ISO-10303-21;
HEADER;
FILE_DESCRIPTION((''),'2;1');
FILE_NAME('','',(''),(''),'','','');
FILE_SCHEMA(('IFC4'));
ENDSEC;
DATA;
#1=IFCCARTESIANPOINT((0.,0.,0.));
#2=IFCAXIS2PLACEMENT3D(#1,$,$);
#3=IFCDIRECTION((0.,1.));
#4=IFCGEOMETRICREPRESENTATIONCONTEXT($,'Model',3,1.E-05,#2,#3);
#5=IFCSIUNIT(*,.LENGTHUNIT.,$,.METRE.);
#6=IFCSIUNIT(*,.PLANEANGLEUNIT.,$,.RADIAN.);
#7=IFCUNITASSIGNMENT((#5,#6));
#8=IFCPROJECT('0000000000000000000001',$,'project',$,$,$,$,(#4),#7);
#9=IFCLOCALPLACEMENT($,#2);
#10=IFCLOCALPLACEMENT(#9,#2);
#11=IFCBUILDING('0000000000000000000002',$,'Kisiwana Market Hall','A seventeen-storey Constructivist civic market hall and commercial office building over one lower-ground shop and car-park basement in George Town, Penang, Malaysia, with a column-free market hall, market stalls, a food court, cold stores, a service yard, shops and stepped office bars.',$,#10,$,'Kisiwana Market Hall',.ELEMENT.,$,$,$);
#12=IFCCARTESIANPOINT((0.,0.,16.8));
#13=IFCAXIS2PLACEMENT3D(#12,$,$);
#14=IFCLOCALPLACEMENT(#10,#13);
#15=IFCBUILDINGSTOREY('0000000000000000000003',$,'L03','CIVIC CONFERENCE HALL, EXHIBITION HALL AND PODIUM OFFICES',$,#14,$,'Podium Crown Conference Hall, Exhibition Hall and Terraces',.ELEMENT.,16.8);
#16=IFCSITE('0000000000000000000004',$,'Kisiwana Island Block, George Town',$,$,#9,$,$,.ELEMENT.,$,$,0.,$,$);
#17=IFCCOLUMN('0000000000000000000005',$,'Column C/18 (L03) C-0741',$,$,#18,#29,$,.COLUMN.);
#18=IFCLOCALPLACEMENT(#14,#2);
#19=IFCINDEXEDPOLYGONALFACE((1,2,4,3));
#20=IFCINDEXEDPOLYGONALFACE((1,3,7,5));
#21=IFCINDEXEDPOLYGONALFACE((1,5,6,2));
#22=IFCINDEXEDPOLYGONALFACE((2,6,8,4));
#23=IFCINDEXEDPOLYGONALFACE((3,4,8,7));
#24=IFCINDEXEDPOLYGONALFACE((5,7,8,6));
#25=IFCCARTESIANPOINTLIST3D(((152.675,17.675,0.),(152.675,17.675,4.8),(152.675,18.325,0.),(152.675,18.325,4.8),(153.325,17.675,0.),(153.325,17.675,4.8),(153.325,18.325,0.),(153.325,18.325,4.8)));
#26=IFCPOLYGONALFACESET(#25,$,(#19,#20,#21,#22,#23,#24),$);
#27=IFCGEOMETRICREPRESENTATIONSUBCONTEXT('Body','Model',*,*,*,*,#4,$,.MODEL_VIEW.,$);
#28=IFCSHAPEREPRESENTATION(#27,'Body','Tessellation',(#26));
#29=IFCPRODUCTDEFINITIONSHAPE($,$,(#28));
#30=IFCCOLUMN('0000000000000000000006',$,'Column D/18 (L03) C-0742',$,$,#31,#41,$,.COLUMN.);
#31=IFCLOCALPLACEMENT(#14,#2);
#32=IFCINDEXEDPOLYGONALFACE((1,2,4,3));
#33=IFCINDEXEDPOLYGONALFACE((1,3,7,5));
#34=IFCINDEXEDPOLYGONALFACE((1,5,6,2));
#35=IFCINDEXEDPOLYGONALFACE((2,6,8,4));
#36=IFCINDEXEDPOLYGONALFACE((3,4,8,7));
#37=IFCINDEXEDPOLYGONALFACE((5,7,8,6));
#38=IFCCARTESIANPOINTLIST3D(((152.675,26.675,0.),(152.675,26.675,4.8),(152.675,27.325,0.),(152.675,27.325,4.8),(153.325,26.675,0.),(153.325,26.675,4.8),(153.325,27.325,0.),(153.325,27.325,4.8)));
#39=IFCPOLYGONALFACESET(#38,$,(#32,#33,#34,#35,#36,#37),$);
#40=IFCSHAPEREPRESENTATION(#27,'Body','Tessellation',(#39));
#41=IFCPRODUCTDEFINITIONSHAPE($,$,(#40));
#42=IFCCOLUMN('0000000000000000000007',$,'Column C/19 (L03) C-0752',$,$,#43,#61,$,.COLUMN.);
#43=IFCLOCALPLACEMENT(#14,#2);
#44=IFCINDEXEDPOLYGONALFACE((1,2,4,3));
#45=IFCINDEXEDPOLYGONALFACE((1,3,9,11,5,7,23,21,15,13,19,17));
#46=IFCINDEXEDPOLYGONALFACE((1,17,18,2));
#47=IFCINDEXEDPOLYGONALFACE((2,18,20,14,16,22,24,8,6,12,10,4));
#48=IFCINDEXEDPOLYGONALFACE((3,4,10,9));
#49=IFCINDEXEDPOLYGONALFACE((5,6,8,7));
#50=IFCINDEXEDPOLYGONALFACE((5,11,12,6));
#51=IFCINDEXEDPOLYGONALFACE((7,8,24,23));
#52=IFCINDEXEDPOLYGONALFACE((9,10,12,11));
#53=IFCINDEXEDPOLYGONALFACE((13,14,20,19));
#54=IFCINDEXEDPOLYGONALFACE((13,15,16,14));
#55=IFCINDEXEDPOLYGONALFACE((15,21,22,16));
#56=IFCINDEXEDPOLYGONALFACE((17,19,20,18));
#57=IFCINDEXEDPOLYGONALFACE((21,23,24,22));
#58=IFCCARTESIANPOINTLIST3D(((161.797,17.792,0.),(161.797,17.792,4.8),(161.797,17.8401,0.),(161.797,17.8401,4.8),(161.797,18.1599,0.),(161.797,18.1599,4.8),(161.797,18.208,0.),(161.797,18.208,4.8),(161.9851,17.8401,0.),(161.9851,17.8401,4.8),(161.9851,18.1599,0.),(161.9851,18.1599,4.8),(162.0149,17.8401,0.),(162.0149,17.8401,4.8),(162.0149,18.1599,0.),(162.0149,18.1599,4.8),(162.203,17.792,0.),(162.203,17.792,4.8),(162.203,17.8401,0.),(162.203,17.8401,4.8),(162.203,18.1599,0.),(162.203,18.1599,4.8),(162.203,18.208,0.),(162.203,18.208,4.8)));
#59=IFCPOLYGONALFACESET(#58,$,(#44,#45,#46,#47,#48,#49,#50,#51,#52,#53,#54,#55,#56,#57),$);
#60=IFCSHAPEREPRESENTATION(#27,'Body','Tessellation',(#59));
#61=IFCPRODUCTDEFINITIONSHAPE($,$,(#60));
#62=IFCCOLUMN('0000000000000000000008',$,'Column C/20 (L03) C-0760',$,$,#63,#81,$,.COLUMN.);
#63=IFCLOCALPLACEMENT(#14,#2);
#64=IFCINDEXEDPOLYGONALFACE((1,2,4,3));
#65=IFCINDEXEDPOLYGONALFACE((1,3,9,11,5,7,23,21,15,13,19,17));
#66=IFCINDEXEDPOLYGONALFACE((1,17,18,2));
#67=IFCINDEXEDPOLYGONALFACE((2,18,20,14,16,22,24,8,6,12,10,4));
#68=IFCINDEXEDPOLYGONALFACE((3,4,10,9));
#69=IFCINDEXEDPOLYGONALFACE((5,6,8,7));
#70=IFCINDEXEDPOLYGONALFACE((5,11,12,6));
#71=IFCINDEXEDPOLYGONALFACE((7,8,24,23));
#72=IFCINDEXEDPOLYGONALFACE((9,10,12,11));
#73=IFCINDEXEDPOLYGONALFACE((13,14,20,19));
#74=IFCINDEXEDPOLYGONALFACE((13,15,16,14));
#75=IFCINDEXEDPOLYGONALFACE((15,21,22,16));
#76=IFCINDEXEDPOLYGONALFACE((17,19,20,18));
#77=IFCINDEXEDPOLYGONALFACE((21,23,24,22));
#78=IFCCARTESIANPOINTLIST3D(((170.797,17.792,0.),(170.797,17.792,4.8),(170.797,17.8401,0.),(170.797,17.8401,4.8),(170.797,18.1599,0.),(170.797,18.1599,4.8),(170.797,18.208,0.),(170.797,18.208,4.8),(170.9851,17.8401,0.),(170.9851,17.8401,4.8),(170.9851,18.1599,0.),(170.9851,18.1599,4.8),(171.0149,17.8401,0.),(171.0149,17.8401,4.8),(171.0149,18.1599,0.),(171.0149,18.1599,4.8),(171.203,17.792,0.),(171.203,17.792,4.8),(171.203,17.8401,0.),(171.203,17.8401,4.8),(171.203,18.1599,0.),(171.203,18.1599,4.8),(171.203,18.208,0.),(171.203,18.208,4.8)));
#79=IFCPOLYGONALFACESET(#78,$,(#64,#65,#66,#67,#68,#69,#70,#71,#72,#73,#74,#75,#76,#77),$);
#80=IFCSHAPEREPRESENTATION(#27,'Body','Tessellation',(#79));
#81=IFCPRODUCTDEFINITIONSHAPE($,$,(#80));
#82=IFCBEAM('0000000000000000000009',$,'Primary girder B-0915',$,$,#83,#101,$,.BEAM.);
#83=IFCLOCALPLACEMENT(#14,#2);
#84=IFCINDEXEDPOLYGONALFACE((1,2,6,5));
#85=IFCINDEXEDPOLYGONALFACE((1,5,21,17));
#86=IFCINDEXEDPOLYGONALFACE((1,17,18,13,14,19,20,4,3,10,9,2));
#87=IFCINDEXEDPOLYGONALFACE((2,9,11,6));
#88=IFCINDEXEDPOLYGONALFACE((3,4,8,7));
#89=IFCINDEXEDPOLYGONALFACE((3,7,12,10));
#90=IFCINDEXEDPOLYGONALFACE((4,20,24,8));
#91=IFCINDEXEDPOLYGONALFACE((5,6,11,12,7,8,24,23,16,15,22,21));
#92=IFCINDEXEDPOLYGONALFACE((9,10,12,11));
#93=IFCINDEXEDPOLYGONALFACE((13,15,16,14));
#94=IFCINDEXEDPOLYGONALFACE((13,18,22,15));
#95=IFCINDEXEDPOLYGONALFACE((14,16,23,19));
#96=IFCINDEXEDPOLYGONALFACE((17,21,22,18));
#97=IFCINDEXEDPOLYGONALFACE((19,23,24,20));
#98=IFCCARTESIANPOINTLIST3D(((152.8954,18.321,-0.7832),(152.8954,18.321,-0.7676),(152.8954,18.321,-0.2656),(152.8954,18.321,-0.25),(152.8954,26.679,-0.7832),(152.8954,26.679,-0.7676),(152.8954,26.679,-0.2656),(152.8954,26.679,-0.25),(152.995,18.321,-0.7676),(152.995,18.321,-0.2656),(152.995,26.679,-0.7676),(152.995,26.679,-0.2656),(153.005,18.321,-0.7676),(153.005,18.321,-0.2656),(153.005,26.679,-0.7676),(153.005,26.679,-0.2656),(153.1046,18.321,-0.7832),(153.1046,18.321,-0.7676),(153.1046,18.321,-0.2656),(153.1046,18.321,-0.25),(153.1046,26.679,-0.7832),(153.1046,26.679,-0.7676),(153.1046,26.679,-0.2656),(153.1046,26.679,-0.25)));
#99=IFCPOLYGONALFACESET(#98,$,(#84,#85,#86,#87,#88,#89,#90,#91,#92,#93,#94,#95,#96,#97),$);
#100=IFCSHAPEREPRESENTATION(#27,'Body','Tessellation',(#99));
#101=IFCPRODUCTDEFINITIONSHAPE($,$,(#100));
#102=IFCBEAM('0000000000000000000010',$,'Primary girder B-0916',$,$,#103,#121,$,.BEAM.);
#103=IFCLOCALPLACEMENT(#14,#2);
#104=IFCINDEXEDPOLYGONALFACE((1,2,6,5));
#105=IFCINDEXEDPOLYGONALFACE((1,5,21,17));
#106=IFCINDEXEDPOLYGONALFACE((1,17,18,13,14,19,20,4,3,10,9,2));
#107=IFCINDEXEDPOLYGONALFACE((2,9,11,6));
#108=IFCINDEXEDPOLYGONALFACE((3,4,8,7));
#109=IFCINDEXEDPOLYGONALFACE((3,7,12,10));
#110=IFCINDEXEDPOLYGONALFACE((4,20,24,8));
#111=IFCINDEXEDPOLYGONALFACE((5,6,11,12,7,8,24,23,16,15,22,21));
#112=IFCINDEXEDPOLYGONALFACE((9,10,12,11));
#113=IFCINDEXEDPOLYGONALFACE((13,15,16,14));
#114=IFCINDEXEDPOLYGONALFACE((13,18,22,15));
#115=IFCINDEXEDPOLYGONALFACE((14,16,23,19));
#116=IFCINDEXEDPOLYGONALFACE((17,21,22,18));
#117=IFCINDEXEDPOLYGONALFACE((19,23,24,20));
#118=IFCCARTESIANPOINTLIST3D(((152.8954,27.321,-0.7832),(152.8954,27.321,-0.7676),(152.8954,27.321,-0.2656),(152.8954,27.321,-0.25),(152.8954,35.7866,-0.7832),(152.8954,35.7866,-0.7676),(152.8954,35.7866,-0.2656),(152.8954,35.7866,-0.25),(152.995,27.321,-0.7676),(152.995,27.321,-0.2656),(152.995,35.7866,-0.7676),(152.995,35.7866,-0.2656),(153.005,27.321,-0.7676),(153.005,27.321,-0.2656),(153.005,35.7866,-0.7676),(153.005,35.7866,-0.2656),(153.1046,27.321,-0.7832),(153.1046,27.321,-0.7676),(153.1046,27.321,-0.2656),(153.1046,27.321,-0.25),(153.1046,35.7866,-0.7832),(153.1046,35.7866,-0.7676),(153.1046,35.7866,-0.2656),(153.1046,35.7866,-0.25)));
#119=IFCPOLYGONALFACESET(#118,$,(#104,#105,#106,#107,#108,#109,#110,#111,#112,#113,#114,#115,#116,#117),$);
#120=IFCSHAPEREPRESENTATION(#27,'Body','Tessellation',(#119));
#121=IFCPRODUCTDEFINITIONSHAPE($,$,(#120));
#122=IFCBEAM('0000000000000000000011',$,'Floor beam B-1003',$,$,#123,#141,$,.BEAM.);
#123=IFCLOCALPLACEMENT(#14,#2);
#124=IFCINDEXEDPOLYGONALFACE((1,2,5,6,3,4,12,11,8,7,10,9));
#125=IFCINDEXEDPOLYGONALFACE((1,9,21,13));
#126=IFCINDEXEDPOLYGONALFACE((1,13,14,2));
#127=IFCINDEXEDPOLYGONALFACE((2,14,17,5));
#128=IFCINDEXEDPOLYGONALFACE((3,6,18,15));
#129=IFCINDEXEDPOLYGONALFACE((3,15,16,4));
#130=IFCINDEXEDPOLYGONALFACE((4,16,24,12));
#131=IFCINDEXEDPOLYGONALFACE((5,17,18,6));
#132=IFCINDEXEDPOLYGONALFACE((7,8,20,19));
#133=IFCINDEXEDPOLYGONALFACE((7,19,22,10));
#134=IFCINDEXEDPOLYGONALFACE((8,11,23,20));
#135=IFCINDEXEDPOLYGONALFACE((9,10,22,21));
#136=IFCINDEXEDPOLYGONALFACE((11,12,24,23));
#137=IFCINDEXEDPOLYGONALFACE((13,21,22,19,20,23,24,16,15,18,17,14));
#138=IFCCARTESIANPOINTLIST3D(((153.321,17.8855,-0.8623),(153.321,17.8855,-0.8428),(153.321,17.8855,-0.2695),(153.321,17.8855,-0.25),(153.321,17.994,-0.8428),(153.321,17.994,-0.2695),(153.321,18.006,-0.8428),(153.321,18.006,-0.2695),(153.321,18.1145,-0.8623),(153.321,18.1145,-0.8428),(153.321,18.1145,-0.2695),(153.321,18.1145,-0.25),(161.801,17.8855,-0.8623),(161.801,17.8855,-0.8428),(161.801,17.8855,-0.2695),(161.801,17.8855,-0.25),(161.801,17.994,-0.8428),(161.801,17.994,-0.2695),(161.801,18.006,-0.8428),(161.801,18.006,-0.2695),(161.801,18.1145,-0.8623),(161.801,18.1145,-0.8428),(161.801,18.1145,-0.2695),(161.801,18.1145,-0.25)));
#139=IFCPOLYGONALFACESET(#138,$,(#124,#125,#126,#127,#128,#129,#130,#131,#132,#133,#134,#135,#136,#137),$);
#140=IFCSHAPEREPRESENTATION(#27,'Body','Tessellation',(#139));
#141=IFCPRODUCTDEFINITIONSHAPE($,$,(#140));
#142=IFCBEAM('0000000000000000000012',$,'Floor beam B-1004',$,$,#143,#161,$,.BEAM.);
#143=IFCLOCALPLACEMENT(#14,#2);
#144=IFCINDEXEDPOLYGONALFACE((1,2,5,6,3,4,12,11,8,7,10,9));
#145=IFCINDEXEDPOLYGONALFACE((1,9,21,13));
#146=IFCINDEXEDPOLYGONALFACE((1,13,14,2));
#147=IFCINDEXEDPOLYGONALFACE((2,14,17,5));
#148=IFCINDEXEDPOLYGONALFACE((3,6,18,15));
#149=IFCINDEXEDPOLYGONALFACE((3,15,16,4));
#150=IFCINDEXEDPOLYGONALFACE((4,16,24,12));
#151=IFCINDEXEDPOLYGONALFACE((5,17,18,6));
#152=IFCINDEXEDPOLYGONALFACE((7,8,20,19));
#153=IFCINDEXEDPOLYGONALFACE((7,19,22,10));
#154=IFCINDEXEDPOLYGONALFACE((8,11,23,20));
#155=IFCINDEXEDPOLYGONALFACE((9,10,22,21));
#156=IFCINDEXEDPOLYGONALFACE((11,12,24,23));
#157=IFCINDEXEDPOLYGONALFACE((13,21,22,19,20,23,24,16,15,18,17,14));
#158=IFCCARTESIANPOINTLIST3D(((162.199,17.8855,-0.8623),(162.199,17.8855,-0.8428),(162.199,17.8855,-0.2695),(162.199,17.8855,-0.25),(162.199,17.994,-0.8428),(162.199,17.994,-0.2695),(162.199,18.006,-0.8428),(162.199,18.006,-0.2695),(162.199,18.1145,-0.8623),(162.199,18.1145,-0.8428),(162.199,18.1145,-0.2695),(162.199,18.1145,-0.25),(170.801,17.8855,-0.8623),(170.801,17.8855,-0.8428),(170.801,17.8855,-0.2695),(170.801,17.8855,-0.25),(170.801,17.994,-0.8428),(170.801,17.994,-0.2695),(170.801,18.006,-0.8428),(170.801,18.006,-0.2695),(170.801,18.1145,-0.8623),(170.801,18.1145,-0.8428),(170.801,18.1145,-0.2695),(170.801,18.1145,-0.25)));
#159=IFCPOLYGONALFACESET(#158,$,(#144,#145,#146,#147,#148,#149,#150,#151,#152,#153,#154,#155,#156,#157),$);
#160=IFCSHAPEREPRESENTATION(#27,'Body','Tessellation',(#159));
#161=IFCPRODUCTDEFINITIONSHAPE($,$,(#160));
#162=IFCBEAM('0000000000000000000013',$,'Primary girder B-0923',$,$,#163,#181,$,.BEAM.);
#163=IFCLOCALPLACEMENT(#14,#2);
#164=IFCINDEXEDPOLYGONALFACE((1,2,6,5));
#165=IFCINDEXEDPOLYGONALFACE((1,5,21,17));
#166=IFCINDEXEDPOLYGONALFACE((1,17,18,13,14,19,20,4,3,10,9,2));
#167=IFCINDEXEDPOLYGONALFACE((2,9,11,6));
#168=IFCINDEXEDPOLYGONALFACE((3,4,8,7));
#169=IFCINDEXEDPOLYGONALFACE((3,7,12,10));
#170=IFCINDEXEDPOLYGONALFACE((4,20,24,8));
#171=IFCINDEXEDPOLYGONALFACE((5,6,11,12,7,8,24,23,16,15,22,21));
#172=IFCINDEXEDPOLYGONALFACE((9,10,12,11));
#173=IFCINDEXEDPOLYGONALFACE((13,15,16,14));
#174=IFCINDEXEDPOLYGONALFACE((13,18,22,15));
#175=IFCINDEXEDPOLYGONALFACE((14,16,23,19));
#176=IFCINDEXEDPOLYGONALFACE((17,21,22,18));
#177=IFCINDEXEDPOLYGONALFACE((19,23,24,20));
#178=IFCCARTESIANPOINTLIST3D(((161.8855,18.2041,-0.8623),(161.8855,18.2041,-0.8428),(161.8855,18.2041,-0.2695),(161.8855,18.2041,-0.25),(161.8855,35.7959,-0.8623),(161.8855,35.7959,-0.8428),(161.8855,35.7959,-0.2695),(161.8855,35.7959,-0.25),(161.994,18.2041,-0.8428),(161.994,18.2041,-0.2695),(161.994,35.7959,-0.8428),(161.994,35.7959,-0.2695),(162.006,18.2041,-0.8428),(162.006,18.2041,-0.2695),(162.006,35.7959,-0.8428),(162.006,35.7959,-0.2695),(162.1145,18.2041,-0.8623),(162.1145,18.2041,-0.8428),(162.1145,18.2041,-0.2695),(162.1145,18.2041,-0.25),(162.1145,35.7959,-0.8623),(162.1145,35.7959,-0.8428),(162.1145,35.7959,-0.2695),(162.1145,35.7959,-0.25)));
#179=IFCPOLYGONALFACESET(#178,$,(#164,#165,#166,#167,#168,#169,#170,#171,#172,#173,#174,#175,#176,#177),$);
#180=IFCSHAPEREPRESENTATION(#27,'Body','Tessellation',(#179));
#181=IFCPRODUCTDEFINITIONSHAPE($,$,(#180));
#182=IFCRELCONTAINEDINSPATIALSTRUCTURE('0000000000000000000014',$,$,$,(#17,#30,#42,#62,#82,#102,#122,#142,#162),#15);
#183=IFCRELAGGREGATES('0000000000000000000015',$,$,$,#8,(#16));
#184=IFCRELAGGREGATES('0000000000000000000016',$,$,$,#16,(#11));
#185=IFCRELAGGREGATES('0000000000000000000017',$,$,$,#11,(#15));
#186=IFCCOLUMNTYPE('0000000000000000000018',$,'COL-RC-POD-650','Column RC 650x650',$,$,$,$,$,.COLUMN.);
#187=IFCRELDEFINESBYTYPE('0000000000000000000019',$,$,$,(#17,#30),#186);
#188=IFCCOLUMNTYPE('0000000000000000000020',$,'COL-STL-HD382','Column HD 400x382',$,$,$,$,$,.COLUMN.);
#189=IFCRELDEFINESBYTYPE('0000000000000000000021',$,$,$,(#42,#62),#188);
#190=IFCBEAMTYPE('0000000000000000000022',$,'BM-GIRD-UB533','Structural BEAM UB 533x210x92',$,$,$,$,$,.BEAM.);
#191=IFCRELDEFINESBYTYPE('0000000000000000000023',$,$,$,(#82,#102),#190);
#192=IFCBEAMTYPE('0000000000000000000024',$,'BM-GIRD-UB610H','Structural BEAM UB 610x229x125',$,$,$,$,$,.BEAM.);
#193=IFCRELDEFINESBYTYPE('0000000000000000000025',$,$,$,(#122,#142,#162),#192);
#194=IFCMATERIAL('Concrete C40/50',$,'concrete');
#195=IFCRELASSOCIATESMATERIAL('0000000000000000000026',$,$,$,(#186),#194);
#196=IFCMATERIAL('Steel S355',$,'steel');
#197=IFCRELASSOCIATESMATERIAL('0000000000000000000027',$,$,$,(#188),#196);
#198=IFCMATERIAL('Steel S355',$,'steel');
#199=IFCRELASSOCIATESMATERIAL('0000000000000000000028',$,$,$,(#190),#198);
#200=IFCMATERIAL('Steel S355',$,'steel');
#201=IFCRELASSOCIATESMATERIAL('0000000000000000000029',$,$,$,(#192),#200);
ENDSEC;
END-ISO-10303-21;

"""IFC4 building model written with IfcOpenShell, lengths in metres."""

from ifc_helpers import new_model, si_unit, direction, frame, origin, origin_2d, place, context, subcontext, project, spatial, rectangle, i_section, extrude, material, material_profile, profile_set, type_object, element, save


model = new_model("IFC4")

# Units and contexts
model_context = context("Model", 3, precision=1e-05, world=origin(), true_north=direction((0.0, 1.0)))
body_context = subcontext(model_context, "Body", "Model", "MODEL_VIEW")
ifc_project = project(units=[si_unit("LENGTHUNIT", "METRE"), si_unit("PLANEANGLEUNIT", "RADIAN")], contexts=[model_context])

# Site, building, storey
site_placement = place(None, origin())
site = spatial("IfcSite", under=ifc_project, at=site_placement, Name="Kisiwana Island Block, George Town", CompositionType="ELEMENT", RefElevation=0.0)
building_placement = place(site_placement, origin())
building = spatial("IfcBuilding", under=site, at=building_placement, Name="Kisiwana Market Hall", Description="A seventeen-storey Constructivist civic market hall and commercial office building over one lower-ground shop and car-park basement in George Town, Penang, Malaysia, with a column-free market hall, market stalls, a food court, cold stores, a service yard, shops and stepped office bars.", LongName="Kisiwana Market Hall", CompositionType="ELEMENT")
storey_placement = place(building_placement, frame((0.0, 0.0, 16.8)))
storey = spatial("IfcBuildingStorey", under=building, at=storey_placement, Name="L03", Description="CIVIC CONFERENCE HALL, EXHIBITION HALL AND PODIUM OFFICES", LongName="Podium Crown Conference Hall, Exhibition Hall and Terraces", CompositionType="ELEMENT", Elevation=16.8)

# Columns
ifc_material_1 = material(Name="Concrete C40/50", Category="concrete")
ifc_material_profile_1 = material_profile(ifc_material_1, rectangle(XDim=0.6499, YDim=0.6499, at=origin_2d()), Name="RC 650x650")
ifc_profile_set_1 = profile_set([ifc_material_profile_1], Name="Concrete C40/50")
column_type_1 = type_object("IfcColumnType", Name="COL-RC-POD-650", Description="Column RC 650x650", PredefinedType="COLUMN", material=ifc_profile_set_1)
for number, where, z_axis, x_axis, name in (
    (1, (153.0, 18.0, 0.0), (0.0, 0.0, 1.0), (1.0, 0.0, 0.0), "Column C/18 (L03) C-0741"),
    (2, (153.0, 27.0, 0.0), (0.0, 0.0, 1.0), (1.0, 0.0, 0.0), "Column D/18 (L03) C-0742"),
):
    element("IfcColumn", number, at=place(storey_placement, frame(where, z_axis=z_axis, x_axis=x_axis)), inside=storey, type_object=column_type_1, Name=name, PredefinedType="COLUMN", context=body_context, shape_type="SweptSolid", body=[
        extrude(rectangle(XDim=0.6499, YDim=0.6499, at=origin_2d()), origin(), (0.0, 0.0, 1.0), 4.8),
    ])
ifc_material_2 = material(Name="Steel S355", Category="steel")
ifc_material_profile_2 = material_profile(ifc_material_2, i_section(OverallWidth=0.406, OverallDepth=0.416, WebThickness=0.0298, FlangeThickness=0.0481, at=origin_2d()), Name="HD 400x382")
ifc_profile_set_2 = profile_set([ifc_material_profile_2], Name="Steel S355")
column_type_2 = type_object("IfcColumnType", Name="COL-STL-HD382", Description="Column HD 400x382", PredefinedType="COLUMN", material=ifc_profile_set_2)
for number, where, z_axis, x_axis, name in (
    (3, (162.0, 18.0, 0.0), (0.0, 0.0, 1.0), (1.0, 0.0, 0.0), "Column C/19 (L03) C-0752"),
    (4, (171.0, 18.0, 0.0), (0.0, 0.0, 1.0), (1.0, 0.0, 0.0), "Column C/20 (L03) C-0760"),
):
    element("IfcColumn", number, at=place(storey_placement, frame(where, z_axis=z_axis, x_axis=x_axis)), inside=storey, type_object=column_type_2, Name=name, PredefinedType="COLUMN", context=body_context, shape_type="SweptSolid", body=[
        extrude(i_section(OverallWidth=0.406, OverallDepth=0.416, WebThickness=0.0298, FlangeThickness=0.0481, at=origin_2d()), origin(), (0.0, 0.0, 1.0), 4.8),
    ])

# Beams
ifc_material_3 = material(Name="Steel S355", Category="steel")
ifc_material_profile_3 = material_profile(ifc_material_3, i_section(OverallWidth=0.2092, OverallDepth=0.5332, WebThickness=0.01, FlangeThickness=0.0156, at=origin_2d()), Name="UB 533x210x92")
ifc_profile_set_3 = profile_set([ifc_material_profile_3], Name="Steel S355")
beam_type_1 = type_object("IfcBeamType", Name="BM-GIRD-UB533", Description="Structural BEAM UB 533x210x92", PredefinedType="BEAM", material=ifc_profile_set_3)
beam_1_placement = place(storey_placement, frame((153.0, 18.321, -0.5166), z_axis=(0.0, 1.0, 0.0), x_axis=(-1.0, 0.0, 0.0)))
element("IfcBeam", 5, at=beam_1_placement, inside=storey, type_object=beam_type_1, Name="Primary girder B-0915", PredefinedType="BEAM", context=body_context, shape_type="SweptSolid", body=[
    extrude(i_section(OverallWidth=0.2092, OverallDepth=0.5332, WebThickness=0.01, FlangeThickness=0.0156, at=origin_2d()), origin(), (0.0, 0.0, 1.0), 8.3579),
])
beam_2_placement = place(storey_placement, frame((153.0, 27.321, -0.5166), z_axis=(0.0, 1.0, 0.0), x_axis=(-1.0, 0.0, 0.0)))
element("IfcBeam", 6, at=beam_2_placement, inside=storey, type_object=beam_type_1, Name="Primary girder B-0916", PredefinedType="BEAM", context=body_context, shape_type="SweptSolid", body=[
    extrude(i_section(OverallWidth=0.2092, OverallDepth=0.5332, WebThickness=0.01, FlangeThickness=0.0156, at=origin_2d()), origin(), (0.0, 0.0, 1.0), 8.4656),
])
ifc_material_4 = material(Name="Steel S355", Category="steel")
ifc_material_profile_4 = material_profile(ifc_material_4, i_section(OverallWidth=0.229, OverallDepth=0.6123, WebThickness=0.012, FlangeThickness=0.0195, at=origin_2d()), Name="UB 610x229x125")
ifc_profile_set_4 = profile_set([ifc_material_profile_4], Name="Steel S355")
beam_type_2 = type_object("IfcBeamType", Name="BM-GIRD-UB610H", Description="Structural BEAM UB 610x229x125", PredefinedType="BEAM", material=ifc_profile_set_4)
beam_3_placement = place(storey_placement, frame((153.321, 18.0, -0.5562), z_axis=(1.0, 0.0, 0.0), x_axis=(0.0, 1.0, 0.0)))
element("IfcBeam", 7, at=beam_3_placement, inside=storey, type_object=beam_type_2, Name="Floor beam B-1003", PredefinedType="BEAM", context=body_context, shape_type="SweptSolid", body=[
    extrude(i_section(OverallWidth=0.229, OverallDepth=0.6123, WebThickness=0.012, FlangeThickness=0.0195, at=origin_2d()), origin(), (0.0, 0.0, 1.0), 8.48),
])
beam_4_placement = place(storey_placement, frame((162.199, 18.0, -0.5562), z_axis=(1.0, 0.0, 0.0), x_axis=(0.0, 1.0, 0.0)))
element("IfcBeam", 8, at=beam_4_placement, inside=storey, type_object=beam_type_2, Name="Floor beam B-1004", PredefinedType="BEAM", context=body_context, shape_type="SweptSolid", body=[
    extrude(i_section(OverallWidth=0.229, OverallDepth=0.6123, WebThickness=0.012, FlangeThickness=0.0195, at=origin_2d()), origin(), (0.0, 0.0, 1.0), 8.6021),
])
beam_5_placement = place(storey_placement, frame((162.0, 18.2041, -0.5562), z_axis=(0.0, 1.0, 0.0), x_axis=(-1.0, 0.0, 0.0)))
element("IfcBeam", 9, at=beam_5_placement, inside=storey, type_object=beam_type_2, Name="Primary girder B-0923", PredefinedType="BEAM", context=body_context, shape_type="SweptSolid", body=[
    extrude(i_section(OverallWidth=0.229, OverallDepth=0.6123, WebThickness=0.012, FlangeThickness=0.0195, at=origin_2d()), origin(), (0.0, 0.0, 1.0), 17.5918),
])

save(model, "model.ifc")
